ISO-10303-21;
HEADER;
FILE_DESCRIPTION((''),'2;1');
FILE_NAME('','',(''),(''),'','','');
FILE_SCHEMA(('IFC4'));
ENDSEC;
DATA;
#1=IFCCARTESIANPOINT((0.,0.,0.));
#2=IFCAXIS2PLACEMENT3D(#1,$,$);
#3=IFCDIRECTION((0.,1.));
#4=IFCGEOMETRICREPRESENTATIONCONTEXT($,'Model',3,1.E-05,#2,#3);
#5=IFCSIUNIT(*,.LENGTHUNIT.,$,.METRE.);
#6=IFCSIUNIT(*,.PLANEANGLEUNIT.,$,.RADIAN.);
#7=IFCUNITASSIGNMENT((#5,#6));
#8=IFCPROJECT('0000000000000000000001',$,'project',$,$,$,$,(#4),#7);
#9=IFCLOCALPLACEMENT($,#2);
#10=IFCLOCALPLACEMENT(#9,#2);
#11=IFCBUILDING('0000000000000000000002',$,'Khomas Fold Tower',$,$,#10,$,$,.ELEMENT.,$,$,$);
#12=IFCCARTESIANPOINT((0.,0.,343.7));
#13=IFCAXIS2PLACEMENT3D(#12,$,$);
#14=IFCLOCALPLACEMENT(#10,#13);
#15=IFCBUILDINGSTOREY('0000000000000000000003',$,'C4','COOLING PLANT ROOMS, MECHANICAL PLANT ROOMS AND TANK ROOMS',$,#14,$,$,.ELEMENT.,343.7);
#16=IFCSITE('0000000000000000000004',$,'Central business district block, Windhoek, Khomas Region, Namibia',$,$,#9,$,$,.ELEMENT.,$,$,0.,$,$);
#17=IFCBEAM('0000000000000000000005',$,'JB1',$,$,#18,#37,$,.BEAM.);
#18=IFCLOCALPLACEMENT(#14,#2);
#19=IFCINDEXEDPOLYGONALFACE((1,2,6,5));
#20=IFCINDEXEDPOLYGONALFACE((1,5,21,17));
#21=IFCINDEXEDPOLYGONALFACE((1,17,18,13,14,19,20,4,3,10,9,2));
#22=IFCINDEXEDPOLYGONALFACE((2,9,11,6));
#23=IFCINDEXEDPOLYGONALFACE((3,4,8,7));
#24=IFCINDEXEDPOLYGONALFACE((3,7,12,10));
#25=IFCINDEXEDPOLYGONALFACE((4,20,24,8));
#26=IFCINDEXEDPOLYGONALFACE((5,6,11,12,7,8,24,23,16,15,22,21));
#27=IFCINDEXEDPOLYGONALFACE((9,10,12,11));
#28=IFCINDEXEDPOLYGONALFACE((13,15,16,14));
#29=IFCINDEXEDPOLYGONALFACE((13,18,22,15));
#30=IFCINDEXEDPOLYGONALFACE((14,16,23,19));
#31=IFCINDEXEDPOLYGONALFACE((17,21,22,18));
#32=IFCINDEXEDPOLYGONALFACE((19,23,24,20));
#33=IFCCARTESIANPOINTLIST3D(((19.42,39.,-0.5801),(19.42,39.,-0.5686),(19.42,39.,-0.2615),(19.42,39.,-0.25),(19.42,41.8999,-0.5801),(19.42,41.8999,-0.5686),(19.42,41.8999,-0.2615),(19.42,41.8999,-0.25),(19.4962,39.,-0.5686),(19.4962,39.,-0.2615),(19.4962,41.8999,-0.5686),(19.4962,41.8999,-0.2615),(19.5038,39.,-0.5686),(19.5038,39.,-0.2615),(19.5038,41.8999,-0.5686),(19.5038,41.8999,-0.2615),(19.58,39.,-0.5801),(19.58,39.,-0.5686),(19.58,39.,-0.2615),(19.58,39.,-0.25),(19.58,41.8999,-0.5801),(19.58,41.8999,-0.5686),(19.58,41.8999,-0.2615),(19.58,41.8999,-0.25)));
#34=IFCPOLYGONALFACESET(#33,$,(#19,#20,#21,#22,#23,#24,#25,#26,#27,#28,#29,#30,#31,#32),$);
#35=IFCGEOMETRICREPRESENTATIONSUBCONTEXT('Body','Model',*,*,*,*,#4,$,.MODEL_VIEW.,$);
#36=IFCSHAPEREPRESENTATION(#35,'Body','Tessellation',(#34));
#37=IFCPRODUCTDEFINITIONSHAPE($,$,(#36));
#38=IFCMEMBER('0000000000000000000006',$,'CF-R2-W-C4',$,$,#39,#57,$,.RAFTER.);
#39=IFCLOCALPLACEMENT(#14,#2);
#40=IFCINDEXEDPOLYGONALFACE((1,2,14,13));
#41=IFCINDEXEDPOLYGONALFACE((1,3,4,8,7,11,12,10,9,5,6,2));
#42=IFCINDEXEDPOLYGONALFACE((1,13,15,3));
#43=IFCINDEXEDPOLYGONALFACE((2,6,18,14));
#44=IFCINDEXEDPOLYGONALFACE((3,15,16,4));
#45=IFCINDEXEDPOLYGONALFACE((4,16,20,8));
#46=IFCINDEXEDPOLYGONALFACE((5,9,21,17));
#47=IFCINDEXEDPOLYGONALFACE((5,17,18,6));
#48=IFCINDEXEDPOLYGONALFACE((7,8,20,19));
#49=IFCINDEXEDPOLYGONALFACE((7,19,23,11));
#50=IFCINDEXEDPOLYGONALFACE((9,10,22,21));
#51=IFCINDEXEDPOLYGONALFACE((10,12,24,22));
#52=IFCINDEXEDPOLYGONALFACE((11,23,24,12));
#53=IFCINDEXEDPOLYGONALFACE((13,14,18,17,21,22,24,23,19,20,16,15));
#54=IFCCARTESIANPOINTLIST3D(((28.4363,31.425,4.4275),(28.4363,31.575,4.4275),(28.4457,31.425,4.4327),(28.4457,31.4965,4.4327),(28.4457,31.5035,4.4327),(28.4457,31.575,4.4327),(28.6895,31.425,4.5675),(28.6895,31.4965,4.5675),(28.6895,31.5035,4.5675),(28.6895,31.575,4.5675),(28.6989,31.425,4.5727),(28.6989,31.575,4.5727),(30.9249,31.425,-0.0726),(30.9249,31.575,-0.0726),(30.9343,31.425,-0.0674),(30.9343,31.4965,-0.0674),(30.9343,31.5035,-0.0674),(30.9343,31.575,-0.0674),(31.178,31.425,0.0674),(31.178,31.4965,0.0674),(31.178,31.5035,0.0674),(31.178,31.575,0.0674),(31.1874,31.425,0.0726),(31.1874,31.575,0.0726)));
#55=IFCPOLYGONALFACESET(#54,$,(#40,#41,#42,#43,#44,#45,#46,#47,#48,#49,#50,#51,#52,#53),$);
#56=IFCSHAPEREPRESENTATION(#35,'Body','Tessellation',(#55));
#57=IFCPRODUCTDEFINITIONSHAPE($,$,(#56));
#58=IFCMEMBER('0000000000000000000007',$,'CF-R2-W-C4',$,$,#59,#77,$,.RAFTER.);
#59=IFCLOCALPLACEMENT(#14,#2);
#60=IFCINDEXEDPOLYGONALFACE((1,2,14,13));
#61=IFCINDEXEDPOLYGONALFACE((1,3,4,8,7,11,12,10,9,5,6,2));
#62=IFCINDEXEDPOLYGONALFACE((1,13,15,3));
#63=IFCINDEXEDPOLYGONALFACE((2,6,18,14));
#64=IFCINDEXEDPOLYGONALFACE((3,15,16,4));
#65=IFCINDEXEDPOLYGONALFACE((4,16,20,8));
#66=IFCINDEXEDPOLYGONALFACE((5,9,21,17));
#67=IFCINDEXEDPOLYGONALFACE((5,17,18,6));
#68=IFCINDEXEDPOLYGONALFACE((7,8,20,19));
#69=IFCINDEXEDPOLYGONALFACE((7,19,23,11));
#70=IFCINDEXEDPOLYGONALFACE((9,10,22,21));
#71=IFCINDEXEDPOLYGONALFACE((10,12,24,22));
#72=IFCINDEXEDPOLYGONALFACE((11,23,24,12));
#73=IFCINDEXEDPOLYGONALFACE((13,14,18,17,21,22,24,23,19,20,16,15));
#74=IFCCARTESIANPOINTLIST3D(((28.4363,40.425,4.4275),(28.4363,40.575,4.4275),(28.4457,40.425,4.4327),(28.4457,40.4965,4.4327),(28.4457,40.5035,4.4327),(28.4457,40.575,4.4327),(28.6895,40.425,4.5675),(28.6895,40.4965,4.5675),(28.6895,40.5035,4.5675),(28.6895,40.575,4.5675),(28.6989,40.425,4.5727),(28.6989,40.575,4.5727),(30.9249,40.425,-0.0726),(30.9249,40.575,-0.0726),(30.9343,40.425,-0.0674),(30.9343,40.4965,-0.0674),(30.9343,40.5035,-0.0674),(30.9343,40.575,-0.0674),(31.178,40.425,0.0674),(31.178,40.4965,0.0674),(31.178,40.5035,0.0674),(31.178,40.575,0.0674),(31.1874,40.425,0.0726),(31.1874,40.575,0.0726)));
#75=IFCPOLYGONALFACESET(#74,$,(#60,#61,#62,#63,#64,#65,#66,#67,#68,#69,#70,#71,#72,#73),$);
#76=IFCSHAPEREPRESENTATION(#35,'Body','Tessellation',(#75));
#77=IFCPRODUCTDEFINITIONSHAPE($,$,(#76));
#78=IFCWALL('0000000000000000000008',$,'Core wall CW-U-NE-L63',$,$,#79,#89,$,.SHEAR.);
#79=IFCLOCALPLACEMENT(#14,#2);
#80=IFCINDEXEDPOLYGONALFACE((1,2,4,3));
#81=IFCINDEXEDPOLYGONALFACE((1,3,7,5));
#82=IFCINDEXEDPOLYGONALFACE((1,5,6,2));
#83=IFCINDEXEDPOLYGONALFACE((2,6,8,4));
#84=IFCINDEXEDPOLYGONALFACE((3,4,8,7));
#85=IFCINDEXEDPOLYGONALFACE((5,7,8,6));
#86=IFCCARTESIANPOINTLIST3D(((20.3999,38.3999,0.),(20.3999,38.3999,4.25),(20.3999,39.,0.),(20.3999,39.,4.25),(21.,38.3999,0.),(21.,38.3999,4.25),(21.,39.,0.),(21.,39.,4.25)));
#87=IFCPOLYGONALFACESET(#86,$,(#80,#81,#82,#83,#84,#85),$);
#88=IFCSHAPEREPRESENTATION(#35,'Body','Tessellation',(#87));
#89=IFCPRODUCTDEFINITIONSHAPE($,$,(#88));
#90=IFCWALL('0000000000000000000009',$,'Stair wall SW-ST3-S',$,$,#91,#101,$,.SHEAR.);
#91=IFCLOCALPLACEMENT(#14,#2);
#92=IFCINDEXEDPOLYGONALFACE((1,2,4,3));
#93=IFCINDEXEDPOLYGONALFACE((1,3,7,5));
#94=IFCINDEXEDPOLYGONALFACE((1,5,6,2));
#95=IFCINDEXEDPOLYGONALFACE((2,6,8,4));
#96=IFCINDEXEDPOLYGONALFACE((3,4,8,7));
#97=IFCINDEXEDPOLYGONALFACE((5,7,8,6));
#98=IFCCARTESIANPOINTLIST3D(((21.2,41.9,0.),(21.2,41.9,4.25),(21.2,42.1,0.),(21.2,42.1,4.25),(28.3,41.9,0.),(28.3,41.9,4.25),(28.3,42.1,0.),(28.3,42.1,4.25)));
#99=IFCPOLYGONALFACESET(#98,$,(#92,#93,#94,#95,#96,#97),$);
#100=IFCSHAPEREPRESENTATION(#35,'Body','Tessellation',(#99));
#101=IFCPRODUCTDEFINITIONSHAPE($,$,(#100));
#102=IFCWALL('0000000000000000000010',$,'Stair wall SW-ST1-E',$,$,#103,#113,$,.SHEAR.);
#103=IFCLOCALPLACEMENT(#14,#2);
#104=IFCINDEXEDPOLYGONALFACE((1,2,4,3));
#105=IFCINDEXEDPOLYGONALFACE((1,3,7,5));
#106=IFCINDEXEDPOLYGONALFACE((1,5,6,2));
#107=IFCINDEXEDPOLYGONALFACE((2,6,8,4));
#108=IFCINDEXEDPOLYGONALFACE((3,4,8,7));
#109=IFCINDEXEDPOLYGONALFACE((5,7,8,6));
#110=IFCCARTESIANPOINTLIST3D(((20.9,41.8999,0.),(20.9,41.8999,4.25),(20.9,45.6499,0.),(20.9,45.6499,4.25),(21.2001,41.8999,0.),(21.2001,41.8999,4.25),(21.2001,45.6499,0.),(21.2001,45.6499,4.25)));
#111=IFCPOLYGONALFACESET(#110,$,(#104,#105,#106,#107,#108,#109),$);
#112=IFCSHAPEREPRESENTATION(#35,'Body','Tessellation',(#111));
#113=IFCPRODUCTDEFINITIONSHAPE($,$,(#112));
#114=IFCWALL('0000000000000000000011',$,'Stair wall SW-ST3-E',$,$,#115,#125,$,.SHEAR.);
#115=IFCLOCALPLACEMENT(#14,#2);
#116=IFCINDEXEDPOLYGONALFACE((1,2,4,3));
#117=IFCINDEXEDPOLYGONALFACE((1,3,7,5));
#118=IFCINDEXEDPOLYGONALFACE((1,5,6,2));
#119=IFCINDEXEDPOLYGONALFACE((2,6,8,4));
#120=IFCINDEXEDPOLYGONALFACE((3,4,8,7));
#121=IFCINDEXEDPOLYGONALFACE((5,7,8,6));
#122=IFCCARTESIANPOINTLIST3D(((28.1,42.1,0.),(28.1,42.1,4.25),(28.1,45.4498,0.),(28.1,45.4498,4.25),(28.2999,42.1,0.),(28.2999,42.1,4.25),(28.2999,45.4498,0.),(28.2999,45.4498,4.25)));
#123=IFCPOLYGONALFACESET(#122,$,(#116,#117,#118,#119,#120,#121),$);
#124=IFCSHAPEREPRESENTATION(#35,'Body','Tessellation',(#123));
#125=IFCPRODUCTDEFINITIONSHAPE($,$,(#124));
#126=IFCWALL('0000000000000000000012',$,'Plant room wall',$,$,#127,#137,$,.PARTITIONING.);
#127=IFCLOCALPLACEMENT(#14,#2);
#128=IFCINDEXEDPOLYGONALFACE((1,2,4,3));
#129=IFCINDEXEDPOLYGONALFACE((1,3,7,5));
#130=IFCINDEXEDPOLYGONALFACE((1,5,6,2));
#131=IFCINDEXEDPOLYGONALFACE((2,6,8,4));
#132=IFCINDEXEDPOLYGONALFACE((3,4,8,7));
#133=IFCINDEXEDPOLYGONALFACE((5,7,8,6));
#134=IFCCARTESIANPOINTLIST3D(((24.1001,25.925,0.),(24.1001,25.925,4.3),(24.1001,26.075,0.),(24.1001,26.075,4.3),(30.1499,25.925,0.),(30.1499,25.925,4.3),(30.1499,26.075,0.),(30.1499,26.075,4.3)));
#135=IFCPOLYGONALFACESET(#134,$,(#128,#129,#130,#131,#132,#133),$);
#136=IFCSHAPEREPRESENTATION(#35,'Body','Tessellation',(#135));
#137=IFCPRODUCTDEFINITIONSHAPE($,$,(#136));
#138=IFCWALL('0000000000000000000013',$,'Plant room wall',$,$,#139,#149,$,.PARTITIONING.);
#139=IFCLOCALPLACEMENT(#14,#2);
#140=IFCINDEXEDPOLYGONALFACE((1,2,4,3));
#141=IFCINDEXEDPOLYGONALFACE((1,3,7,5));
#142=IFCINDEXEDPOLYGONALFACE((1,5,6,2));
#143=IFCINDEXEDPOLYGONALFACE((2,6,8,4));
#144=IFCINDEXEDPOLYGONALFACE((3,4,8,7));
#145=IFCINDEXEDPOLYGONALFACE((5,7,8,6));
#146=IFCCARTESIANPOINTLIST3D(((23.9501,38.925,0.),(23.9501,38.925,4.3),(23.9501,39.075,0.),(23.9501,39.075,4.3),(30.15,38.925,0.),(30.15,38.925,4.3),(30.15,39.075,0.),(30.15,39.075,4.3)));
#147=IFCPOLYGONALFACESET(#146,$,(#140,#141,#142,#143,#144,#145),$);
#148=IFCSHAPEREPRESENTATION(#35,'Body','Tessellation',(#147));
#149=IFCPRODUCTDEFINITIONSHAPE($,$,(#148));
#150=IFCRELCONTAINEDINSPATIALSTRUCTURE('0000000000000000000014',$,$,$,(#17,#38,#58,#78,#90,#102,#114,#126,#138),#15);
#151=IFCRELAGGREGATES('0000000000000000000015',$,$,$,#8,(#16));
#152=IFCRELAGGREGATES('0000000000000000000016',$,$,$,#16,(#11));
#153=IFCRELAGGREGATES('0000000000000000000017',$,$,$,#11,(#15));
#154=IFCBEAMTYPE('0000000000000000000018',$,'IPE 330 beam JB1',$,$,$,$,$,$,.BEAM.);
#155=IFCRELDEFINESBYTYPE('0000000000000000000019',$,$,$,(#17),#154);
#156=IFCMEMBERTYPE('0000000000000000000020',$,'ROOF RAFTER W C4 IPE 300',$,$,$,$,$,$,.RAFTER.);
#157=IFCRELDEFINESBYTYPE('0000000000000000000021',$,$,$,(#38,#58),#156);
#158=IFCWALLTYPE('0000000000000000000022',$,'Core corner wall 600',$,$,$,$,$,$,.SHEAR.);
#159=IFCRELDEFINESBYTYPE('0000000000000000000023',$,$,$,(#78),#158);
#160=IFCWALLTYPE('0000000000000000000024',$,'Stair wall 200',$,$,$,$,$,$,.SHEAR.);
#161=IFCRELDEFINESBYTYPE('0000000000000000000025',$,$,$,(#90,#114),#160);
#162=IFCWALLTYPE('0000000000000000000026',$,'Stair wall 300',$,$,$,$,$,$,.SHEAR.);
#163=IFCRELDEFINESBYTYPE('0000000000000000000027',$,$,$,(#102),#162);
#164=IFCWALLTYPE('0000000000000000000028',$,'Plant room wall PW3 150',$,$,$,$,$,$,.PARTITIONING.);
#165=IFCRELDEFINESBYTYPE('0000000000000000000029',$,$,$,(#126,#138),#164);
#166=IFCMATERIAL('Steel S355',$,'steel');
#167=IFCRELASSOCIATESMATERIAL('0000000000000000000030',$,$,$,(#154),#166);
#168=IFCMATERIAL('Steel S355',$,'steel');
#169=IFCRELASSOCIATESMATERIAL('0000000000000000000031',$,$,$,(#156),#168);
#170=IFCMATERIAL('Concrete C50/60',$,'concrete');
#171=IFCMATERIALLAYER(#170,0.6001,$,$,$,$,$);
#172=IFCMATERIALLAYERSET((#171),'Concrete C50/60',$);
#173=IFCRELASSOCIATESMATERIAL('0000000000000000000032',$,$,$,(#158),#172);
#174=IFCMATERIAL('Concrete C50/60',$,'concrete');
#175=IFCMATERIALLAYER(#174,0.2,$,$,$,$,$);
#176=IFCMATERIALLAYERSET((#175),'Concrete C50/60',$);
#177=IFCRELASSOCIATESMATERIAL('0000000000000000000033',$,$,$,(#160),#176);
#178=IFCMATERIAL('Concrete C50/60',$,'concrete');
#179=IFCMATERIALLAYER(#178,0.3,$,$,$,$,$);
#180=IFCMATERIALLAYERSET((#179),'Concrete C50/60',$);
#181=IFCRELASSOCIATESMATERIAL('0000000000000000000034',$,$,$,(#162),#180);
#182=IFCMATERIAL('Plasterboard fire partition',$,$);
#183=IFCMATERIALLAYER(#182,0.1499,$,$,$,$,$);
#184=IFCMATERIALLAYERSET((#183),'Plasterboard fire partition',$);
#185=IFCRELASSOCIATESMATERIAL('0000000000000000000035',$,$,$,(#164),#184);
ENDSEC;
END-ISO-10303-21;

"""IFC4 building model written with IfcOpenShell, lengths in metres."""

from ifc_helpers import new_model, si_unit, direction, frame, frame_2d, origin, origin_2d, place, context, subcontext, project, spatial, rectangle, i_section, extrude, source, transform, mapped, material, layer, layer_set, material_profile, profile_set, type_object, element, save


model = new_model("IFC4")

# Units and contexts
model_context = context("Model", 3, precision=1e-05, world=origin(), true_north=direction((0.0, 1.0)))
body_context = subcontext(model_context, "Body", "Model", "MODEL_VIEW")
ifc_project = project(units=[si_unit("LENGTHUNIT", "METRE"), si_unit("PLANEANGLEUNIT", "RADIAN")], contexts=[model_context])

# Site, building, storey
site_placement = place(None, origin())
site = spatial("IfcSite", under=ifc_project, at=site_placement, Name="Central business district block, Windhoek, Khomas Region, Namibia", CompositionType="ELEMENT", RefElevation=0.0)
building_placement = place(site_placement, origin())
building = spatial("IfcBuilding", under=site, at=building_placement, Name="Khomas Fold Tower", CompositionType="ELEMENT")
storey_placement = place(building_placement, frame((0.0, 0.0, 343.7)))
storey = spatial("IfcBuildingStorey", under=building, at=storey_placement, Name="C4", Description="COOLING PLANT ROOMS, MECHANICAL PLANT ROOMS AND TANK ROOMS", CompositionType="ELEMENT", Elevation=343.7)

# Beam
ifc_material_1 = material(Name="Steel S355", Category="steel")
ifc_material_profile_1 = material_profile(ifc_material_1, i_section(OverallWidth=0.1599, OverallDepth=0.3301, WebThickness=0.0076, FlangeThickness=0.0115, at=origin_2d()), Name="IPE 330")
ifc_profile_set_1 = profile_set([ifc_material_profile_1], Name="Steel S355")
beam_type = type_object("IfcBeamType", Name="IPE 330 beam JB1", PredefinedType="BEAM", material=ifc_profile_set_1)
shared_shape_1 = source(origin(), body_context, "Body", "SweptSolid", [
    extrude(i_section(OverallWidth=0.1599, OverallDepth=0.3301, WebThickness=0.0076, FlangeThickness=0.0115, at=origin_2d()), origin(), (0.0, 0.0, 1.0), 2.8999),
])
beam_placement = place(storey_placement, frame((19.5, 39.0, -0.415), z_axis=(0.0, 1.0, 0.0), x_axis=(-1.0, 0.0, 0.0)))
element("IfcBeam", 1, at=beam_placement, inside=storey, type_object=beam_type, Name="JB1", PredefinedType="BEAM", context=body_context, shape_type="MappedRepresentation", body=[
    mapped(shared_shape_1, transform((0.0, 0.0, 0.0))),
])

# Members
ifc_material_2 = material(Name="Steel S355", Category="steel")
ifc_material_profile_2 = material_profile(ifc_material_2, i_section(OverallWidth=0.1499, OverallDepth=0.3, WebThickness=0.0071, FlangeThickness=0.0107, at=origin_2d()), Name="IPE 300")
ifc_profile_set_2 = profile_set([ifc_material_profile_2], Name="Steel S355")
member_type = type_object("IfcMemberType", Name="ROOF RAFTER W C4 IPE 300", PredefinedType="RAFTER", material=ifc_profile_set_2)
shared_shape_2 = source(origin(), body_context, "Body", "SweptSolid", [
    extrude(i_section(OverallWidth=0.1499, OverallDepth=0.3, WebThickness=0.0071, FlangeThickness=0.0107, at=origin_2d()), origin(), (0.0, 0.0, 1.0), 5.1423),
])
for number, where, z_axis, x_axis, name in (
    (2, (31.0562, 31.5, 0.0), (-0.483937, 0.0, 0.875103), (0.0, -1.0, 0.0), "CF-R2-W-C4"),
    (3, (31.0562, 40.5, 0.0), (-0.483937, 0.0, 0.875103), (0.0, -1.0, 0.0), "CF-R2-W-C4"),
):
    element("IfcMember", number, at=place(storey_placement, frame(where, z_axis=z_axis, x_axis=x_axis)), inside=storey, type_object=member_type, Name=name, PredefinedType="RAFTER", context=body_context, shape_type="MappedRepresentation", body=[
        mapped(shared_shape_2, transform((0.0, 0.0, 0.0))),
    ])

# Walls
ifc_material_3 = material(Name="Concrete C50/60", Category="concrete")
ifc_layer_1 = layer(ifc_material_3, 0.6001)
ifc_layer_set_1 = layer_set([ifc_layer_1], Name="Concrete C50/60")
wall_type_1 = type_object("IfcWallType", Name="Core corner wall 600", PredefinedType="SHEAR", material=ifc_layer_set_1)
shared_shape_3 = source(origin(), body_context, "Body", "SweptSolid", [
    extrude(rectangle(XDim=0.6001, YDim=0.6001, at=frame_2d((0.3, 0.0))), origin(), (0.0, 0.0, 1.0), 4.25),
])
wall_1_placement = place(storey_placement, frame((20.3999, 38.7, 0.0), z_axis=(0.0, 0.0, 1.0), x_axis=(1.0, 0.0, 0.0)))
element("IfcWall", 4, at=wall_1_placement, inside=storey, type_object=wall_type_1, Name="Core wall CW-U-NE-L63", PredefinedType="SHEAR", context=body_context, shape_type="MappedRepresentation", body=[
    mapped(shared_shape_3, transform((0.0, 0.0, 0.0))),
])
ifc_material_4 = material(Name="Concrete C50/60", Category="concrete")
ifc_layer_2 = layer(ifc_material_4, 0.2)
ifc_layer_set_2 = layer_set([ifc_layer_2], Name="Concrete C50/60")
wall_type_2 = type_object("IfcWallType", Name="Stair wall 200", PredefinedType="SHEAR", material=ifc_layer_set_2)
shared_shape_4 = source(origin(), body_context, "Body", "SweptSolid", [
    extrude(rectangle(XDim=7.1001, YDim=0.2, at=frame_2d((3.55, 0.0))), origin(), (0.0, 0.0, 1.0), 4.25),
])
wall_2_placement = place(storey_placement, frame((21.2, 42.0, 0.0), z_axis=(0.0, 0.0, 1.0), x_axis=(1.0, 0.0, 0.0)))
element("IfcWall", 5, at=wall_2_placement, inside=storey, type_object=wall_type_2, Name="Stair wall SW-ST3-S", PredefinedType="SHEAR", context=body_context, shape_type="MappedRepresentation", body=[
    mapped(shared_shape_4, transform((0.0, 0.0, 0.0))),
])
ifc_material_5 = material(Name="Concrete C50/60", Category="concrete")
ifc_layer_3 = layer(ifc_material_5, 0.3)
ifc_layer_set_3 = layer_set([ifc_layer_3], Name="Concrete C50/60")
wall_type_3 = type_object("IfcWallType", Name="Stair wall 300", PredefinedType="SHEAR", material=ifc_layer_set_3)
shared_shape_5 = source(origin(), body_context, "Body", "SweptSolid", [
    extrude(rectangle(XDim=3.75, YDim=0.3, at=frame_2d((1.875, 0.0))), origin(), (0.0, 0.0, 1.0), 4.25),
])
wall_3_placement = place(storey_placement, frame((21.05, 41.8999, 0.0), z_axis=(0.0, 0.0, 1.0), x_axis=(0.0, 1.0, 0.0)))
element("IfcWall", 6, at=wall_3_placement, inside=storey, type_object=wall_type_3, Name="Stair wall SW-ST1-E", PredefinedType="SHEAR", context=body_context, shape_type="MappedRepresentation", body=[
    mapped(shared_shape_5, transform((0.0, 0.0, 0.0))),
])
shared_shape_6 = source(origin(), body_context, "Body", "SweptSolid", [
    extrude(rectangle(XDim=3.3499, YDim=0.2, at=frame_2d((1.6748, 0.0))), origin(), (0.0, 0.0, 1.0), 4.25),
])
wall_4_placement = place(storey_placement, frame((28.2, 42.1001, 0.0), z_axis=(0.0, 0.0, 1.0), x_axis=(0.0, 1.0, 0.0)))
element("IfcWall", 7, at=wall_4_placement, inside=storey, type_object=wall_type_2, Name="Stair wall SW-ST3-E", PredefinedType="SHEAR", context=body_context, shape_type="MappedRepresentation", body=[
    mapped(shared_shape_6, transform((0.0, 0.0, 0.0))),
])
ifc_material_6 = material(Name="Plasterboard fire partition")
ifc_layer_4 = layer(ifc_material_6, 0.1499)
ifc_layer_set_4 = layer_set([ifc_layer_4], Name="Plasterboard fire partition")
wall_type_4 = type_object("IfcWallType", Name="Plant room wall PW3 150", PredefinedType="PARTITIONING", material=ifc_layer_set_4)
shared_shape_7 = source(origin(), body_context, "Body", "SweptSolid", [
    extrude(rectangle(XDim=6.0498, YDim=0.1499, at=frame_2d((3.0249, 0.0))), origin(), (0.0, 0.0, 1.0), 4.3),
])
wall_5_placement = place(storey_placement, frame((24.1001, 26.0, 0.0), z_axis=(0.0, 0.0, 1.0), x_axis=(1.0, 0.0, 0.0)))
element("IfcWall", 8, at=wall_5_placement, inside=storey, type_object=wall_type_4, Name="Plant room wall", PredefinedType="PARTITIONING", context=body_context, shape_type="MappedRepresentation", body=[
    mapped(shared_shape_7, transform((0.0, 0.0, 0.0))),
])
shared_shape_8 = source(origin(), body_context, "Body", "SweptSolid", [
    extrude(rectangle(XDim=6.2, YDim=0.1499, at=frame_2d((3.1001, 0.0))), origin(), (0.0, 0.0, 1.0), 4.3),
])
wall_6_placement = place(storey_placement, frame((23.95, 39.0, 0.0), z_axis=(0.0, 0.0, 1.0), x_axis=(1.0, 0.0, 0.0)))
element("IfcWall", 9, at=wall_6_placement, inside=storey, type_object=wall_type_4, Name="Plant room wall", PredefinedType="PARTITIONING", context=body_context, shape_type="MappedRepresentation", body=[
    mapped(shared_shape_8, transform((0.0, 0.0, 0.0))),
])

save(model, "model.ifc")
